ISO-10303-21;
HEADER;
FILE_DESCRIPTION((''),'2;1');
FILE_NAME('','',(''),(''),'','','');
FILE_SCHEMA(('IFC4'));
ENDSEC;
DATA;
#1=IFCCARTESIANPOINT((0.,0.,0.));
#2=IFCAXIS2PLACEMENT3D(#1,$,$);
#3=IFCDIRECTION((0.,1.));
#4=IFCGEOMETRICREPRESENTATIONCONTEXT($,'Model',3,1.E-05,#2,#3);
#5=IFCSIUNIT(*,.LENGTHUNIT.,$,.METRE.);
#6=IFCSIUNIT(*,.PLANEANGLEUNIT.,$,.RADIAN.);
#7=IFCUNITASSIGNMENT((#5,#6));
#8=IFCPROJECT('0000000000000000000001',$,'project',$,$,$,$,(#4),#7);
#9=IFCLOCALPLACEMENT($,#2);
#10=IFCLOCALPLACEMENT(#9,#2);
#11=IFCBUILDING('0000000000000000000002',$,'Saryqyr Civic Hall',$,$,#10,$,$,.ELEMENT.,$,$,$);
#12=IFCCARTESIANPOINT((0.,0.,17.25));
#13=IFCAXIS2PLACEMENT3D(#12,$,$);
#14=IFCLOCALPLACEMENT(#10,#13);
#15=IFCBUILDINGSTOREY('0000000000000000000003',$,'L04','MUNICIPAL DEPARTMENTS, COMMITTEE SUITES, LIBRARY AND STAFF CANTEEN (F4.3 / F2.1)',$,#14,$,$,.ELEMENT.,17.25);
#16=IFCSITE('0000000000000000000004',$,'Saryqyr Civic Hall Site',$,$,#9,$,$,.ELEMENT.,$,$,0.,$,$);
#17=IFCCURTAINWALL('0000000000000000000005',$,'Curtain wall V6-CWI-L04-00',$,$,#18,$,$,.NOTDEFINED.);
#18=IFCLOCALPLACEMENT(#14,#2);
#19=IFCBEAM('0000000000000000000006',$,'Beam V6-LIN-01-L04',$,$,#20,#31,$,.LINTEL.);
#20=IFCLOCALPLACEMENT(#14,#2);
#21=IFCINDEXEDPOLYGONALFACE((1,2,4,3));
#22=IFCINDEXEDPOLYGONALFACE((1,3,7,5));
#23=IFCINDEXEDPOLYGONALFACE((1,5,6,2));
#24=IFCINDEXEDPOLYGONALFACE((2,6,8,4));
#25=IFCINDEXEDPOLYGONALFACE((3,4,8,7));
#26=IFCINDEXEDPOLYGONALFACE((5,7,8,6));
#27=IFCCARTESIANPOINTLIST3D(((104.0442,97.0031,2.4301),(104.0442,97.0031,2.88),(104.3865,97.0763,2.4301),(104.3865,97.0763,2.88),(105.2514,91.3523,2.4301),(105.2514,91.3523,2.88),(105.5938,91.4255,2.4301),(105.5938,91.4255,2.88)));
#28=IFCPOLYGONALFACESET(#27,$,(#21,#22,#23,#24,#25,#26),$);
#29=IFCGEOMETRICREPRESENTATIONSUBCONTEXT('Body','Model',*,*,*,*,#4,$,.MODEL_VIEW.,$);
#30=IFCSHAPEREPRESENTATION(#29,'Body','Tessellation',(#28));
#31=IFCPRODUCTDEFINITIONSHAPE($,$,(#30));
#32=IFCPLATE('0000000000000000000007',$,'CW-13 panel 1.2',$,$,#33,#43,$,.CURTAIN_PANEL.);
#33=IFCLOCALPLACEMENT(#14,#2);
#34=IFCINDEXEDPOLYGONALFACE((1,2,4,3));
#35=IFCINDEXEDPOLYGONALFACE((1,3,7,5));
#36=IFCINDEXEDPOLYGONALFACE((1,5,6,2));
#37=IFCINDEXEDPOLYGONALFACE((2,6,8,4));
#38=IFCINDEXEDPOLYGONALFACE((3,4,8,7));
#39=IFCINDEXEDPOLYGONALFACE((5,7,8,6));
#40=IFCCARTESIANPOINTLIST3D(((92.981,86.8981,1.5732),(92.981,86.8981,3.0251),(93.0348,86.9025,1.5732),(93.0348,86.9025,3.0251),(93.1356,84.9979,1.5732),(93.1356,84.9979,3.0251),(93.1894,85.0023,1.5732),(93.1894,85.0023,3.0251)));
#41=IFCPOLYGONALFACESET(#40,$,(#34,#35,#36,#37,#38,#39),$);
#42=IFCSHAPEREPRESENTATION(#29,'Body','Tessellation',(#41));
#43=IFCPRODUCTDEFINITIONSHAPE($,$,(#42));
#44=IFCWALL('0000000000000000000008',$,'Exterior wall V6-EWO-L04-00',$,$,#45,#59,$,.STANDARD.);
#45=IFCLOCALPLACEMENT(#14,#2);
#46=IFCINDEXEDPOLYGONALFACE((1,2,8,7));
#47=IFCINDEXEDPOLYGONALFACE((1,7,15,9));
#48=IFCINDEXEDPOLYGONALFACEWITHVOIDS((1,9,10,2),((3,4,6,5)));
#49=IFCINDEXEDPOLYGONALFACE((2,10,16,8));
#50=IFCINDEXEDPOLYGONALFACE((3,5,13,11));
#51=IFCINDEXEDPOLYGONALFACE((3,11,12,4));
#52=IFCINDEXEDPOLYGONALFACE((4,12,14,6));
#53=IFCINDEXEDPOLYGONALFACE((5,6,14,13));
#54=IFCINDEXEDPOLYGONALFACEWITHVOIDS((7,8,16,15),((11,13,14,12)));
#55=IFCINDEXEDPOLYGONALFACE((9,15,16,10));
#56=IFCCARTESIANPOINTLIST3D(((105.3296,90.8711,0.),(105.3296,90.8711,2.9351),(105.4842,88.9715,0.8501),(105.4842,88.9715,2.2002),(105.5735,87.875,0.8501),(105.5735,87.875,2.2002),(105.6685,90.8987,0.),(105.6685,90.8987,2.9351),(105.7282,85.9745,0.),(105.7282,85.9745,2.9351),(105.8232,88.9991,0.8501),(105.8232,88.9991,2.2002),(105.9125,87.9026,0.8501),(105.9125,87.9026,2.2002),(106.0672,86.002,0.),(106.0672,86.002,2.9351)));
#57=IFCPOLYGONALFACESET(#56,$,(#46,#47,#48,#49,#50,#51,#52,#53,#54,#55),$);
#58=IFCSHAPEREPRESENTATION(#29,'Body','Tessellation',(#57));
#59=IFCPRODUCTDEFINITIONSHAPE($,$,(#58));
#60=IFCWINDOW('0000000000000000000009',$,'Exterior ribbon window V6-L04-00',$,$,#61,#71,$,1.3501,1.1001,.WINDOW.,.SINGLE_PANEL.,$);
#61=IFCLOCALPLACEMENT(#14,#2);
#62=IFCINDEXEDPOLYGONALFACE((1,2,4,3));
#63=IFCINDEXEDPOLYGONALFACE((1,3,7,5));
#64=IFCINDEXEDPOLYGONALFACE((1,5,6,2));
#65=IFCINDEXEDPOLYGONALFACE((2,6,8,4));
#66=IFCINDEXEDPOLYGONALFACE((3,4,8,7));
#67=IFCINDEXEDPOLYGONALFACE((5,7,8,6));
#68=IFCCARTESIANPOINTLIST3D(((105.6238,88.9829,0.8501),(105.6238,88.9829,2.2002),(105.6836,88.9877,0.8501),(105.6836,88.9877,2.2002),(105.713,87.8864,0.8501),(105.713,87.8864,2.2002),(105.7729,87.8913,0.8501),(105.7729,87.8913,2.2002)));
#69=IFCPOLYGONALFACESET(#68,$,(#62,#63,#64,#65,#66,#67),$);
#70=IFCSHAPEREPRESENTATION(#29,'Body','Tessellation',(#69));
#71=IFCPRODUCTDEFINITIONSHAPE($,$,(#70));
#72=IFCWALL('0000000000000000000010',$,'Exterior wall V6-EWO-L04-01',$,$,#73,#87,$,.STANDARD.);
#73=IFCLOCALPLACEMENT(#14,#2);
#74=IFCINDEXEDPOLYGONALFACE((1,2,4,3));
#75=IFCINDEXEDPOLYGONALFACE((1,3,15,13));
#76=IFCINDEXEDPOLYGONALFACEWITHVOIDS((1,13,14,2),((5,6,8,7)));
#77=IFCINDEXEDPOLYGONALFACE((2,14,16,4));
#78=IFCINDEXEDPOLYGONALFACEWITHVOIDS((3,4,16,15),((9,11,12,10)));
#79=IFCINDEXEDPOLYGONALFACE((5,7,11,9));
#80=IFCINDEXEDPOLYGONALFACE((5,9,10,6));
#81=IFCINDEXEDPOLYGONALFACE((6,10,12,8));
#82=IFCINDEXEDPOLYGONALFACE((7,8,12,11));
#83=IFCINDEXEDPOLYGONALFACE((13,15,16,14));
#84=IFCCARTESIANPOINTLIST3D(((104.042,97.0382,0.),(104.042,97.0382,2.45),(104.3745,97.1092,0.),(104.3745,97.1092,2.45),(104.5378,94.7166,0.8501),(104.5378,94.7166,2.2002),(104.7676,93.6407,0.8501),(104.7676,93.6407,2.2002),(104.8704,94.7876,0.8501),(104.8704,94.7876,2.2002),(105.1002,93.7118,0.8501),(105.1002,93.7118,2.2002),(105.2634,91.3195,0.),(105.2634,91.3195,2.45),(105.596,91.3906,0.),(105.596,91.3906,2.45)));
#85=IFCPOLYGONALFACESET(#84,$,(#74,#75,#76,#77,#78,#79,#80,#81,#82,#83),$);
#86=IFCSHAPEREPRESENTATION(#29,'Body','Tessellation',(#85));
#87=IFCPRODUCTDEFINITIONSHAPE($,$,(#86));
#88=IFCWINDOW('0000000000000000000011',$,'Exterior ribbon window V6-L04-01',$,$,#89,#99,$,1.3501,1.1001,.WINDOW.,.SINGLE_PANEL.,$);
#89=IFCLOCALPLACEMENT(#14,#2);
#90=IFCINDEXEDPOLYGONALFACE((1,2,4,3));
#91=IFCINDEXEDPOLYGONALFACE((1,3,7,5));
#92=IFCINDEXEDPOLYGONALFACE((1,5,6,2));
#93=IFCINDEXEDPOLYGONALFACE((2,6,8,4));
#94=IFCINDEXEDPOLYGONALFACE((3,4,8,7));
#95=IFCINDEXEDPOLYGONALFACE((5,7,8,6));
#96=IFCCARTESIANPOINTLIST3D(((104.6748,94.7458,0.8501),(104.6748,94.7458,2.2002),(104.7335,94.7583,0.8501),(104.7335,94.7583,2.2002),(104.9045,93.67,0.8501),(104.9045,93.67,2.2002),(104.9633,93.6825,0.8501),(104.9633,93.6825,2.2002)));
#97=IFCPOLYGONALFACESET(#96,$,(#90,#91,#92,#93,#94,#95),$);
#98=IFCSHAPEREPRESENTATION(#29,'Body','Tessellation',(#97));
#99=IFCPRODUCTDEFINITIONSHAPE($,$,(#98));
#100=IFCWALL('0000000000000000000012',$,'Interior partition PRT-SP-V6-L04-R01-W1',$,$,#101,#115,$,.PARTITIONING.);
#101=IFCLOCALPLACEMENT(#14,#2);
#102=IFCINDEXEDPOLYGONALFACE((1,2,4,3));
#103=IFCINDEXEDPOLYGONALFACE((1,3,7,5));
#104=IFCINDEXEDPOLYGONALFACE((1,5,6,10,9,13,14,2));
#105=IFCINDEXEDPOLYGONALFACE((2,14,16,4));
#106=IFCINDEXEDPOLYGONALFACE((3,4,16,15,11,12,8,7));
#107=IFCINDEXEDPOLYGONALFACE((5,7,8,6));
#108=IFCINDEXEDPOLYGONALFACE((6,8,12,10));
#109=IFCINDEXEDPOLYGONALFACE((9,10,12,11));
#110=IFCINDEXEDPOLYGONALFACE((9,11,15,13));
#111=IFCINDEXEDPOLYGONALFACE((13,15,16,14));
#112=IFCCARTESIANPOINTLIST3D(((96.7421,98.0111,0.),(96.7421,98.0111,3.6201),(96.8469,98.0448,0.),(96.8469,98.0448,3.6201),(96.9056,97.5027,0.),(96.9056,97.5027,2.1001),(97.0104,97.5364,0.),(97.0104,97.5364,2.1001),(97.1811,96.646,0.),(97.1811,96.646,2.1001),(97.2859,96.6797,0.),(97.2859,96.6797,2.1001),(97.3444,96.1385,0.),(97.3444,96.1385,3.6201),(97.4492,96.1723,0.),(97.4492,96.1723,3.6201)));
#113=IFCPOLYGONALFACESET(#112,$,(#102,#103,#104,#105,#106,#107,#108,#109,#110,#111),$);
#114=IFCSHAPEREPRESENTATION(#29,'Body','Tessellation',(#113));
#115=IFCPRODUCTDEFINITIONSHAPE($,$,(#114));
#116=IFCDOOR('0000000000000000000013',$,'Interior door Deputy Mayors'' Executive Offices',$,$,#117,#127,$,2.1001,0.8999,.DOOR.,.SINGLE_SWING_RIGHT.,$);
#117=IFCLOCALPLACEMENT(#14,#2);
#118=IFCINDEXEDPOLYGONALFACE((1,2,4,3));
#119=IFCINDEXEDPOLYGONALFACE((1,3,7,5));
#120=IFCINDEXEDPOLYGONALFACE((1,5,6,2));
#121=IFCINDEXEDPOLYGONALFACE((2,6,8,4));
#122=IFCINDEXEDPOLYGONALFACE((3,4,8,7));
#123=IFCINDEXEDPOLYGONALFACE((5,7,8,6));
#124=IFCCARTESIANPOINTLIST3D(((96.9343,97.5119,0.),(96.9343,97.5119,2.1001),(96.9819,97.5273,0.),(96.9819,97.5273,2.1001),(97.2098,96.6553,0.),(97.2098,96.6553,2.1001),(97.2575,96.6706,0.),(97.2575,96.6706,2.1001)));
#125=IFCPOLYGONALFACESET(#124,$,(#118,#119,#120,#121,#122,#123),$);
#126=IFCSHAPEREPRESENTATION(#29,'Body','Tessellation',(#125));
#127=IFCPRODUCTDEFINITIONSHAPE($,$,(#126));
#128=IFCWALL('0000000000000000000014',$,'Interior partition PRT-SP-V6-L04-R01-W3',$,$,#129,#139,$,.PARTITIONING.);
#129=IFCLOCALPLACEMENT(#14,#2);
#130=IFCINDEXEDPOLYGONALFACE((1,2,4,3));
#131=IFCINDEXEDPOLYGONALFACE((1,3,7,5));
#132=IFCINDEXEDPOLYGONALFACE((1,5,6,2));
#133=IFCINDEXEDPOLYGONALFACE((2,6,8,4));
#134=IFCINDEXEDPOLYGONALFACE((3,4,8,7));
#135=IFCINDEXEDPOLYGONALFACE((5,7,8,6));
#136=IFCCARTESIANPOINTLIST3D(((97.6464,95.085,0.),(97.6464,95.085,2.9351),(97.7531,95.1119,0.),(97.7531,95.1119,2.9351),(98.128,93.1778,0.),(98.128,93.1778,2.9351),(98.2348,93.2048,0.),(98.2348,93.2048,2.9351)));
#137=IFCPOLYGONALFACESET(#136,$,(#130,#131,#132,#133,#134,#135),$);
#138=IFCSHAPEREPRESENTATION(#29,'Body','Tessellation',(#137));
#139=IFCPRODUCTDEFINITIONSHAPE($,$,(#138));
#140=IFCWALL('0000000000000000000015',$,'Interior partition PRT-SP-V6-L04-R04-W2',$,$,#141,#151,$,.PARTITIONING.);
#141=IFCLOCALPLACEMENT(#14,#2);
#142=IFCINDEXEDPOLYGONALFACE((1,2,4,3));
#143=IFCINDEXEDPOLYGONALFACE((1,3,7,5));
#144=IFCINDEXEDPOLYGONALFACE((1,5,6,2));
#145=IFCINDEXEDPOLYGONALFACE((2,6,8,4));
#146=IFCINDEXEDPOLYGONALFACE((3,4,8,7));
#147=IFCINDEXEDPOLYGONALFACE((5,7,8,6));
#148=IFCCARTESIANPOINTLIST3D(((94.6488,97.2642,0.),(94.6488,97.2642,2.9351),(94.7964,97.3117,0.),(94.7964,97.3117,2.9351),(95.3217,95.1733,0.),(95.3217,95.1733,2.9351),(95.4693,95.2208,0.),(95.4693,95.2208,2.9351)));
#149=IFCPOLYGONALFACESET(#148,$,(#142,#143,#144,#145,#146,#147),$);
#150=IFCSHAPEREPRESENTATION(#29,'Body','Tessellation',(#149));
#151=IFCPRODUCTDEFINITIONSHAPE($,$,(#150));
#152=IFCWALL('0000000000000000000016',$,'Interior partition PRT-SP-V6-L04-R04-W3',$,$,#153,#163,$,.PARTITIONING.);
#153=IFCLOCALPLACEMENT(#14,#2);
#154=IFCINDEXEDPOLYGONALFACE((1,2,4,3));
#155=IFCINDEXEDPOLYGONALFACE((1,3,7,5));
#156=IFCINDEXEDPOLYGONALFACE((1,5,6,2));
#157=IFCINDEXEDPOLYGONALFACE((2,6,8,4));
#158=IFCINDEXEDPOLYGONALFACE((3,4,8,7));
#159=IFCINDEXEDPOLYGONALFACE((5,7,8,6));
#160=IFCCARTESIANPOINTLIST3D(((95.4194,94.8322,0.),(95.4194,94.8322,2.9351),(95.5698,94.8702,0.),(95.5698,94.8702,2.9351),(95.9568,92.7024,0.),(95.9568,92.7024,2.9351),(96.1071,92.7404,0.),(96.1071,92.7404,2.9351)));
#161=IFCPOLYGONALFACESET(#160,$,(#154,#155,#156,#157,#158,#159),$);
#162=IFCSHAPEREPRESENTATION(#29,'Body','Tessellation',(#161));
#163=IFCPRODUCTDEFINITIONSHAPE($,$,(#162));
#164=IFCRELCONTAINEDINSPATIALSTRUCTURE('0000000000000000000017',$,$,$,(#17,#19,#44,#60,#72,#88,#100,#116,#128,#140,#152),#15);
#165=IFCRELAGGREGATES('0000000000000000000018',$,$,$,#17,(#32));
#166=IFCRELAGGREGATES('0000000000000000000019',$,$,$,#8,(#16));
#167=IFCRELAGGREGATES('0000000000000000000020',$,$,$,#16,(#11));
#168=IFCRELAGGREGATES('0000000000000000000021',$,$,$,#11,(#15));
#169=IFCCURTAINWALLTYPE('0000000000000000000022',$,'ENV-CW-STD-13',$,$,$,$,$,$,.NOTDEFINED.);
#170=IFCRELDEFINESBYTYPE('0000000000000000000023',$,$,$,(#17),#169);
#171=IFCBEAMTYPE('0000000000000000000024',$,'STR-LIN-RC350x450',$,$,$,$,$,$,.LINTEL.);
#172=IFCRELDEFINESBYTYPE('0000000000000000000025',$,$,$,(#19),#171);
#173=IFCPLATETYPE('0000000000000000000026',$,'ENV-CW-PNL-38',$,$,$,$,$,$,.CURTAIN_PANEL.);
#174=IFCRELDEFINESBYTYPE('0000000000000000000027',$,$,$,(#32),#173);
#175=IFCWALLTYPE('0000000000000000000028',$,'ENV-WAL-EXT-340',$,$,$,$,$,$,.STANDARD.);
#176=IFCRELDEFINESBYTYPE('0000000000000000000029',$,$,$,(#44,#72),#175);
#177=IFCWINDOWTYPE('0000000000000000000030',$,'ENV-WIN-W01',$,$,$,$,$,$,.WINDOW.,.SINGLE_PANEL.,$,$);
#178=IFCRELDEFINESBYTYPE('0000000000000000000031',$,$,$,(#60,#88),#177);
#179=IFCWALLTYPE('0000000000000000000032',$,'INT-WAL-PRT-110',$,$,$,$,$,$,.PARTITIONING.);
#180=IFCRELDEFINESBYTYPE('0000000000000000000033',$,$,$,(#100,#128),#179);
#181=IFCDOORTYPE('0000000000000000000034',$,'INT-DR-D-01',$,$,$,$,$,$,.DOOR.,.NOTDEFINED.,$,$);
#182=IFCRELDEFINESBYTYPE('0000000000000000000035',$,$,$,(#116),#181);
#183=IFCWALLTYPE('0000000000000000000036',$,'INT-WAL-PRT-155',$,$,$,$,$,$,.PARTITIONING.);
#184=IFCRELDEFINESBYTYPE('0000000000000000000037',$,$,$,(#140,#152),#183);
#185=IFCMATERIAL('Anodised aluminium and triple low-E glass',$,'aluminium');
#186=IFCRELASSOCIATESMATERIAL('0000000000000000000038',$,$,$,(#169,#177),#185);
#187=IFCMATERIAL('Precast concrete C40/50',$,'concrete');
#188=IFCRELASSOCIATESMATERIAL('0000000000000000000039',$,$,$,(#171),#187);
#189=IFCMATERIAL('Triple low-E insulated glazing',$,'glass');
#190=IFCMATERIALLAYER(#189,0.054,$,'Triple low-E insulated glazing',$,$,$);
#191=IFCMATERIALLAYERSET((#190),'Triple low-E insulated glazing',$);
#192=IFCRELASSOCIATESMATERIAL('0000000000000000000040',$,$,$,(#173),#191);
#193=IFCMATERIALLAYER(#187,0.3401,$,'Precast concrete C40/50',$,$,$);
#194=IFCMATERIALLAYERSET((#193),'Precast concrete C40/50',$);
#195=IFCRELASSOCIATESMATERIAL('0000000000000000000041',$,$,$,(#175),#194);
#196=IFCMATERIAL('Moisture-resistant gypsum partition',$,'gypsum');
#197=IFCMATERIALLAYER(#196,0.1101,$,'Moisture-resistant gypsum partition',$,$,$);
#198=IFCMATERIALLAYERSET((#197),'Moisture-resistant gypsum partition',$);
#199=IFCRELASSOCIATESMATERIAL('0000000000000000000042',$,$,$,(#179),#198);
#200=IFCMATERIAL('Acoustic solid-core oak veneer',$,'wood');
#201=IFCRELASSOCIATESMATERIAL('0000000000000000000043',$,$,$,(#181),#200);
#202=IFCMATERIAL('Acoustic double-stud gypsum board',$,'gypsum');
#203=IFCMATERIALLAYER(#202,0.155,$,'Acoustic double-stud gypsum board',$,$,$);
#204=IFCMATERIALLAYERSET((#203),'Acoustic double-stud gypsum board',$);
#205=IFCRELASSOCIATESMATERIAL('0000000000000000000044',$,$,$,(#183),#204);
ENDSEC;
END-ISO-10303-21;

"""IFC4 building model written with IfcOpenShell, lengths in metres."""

from ifc_helpers import new_model, si_unit, direction, frame, frame_2d, origin, origin_2d, place, context, subcontext, project, spatial, rectangle, extrude, material, layer, layer_set, material_profile, profile_set, type_object, element, fill, aggregate, save


model = new_model("IFC4")

# Units and contexts
model_context = context("Model", 3, precision=1e-05, world=origin(), true_north=direction((0.0, 1.0)))
body_context = subcontext(model_context, "Body", "Model", "MODEL_VIEW")
ifc_project = project(units=[si_unit("LENGTHUNIT", "METRE"), si_unit("PLANEANGLEUNIT", "RADIAN")], contexts=[model_context])

# Site, building, storey
site_placement = place(None, origin())
site = spatial("IfcSite", under=ifc_project, at=site_placement, Name="Saryqyr Civic Hall Site", CompositionType="ELEMENT", RefElevation=0.0)
building_placement = place(site_placement, origin())
building = spatial("IfcBuilding", under=site, at=building_placement, Name="Saryqyr Civic Hall", CompositionType="ELEMENT")
storey_placement = place(building_placement, frame((0.0, 0.0, 17.25)))
storey = spatial("IfcBuildingStorey", under=building, at=storey_placement, Name="L04", Description="MUNICIPAL DEPARTMENTS, COMMITTEE SUITES, LIBRARY AND STAFF CANTEEN (F4.3 / F2.1)", CompositionType="ELEMENT", Elevation=17.25)

# Curtain wall
ifc_material_1 = material(Name="Anodised aluminium and triple low-E glass", Category="aluminium")
curtain_wall_type = type_object("IfcCurtainWallType", Name="ENV-CW-STD-13", PredefinedType="NOTDEFINED", material=ifc_material_1)
curtain_wall_placement = place(storey_placement, origin())
curtain_wall = element("IfcCurtainWall", 1, at=curtain_wall_placement, inside=storey, type_object=curtain_wall_type, Name="Curtain wall V6-CWI-L04-00", PredefinedType="NOTDEFINED")

# Beam
ifc_material_2 = material(Name="Precast concrete C40/50", Category="concrete")
ifc_material_profile_1 = material_profile(ifc_material_2, rectangle(XDim=0.3501, YDim=0.45, at=origin_2d()), Name="RC 350x450")
ifc_profile_set_1 = profile_set([ifc_material_profile_1], Name="Precast concrete C40/50")
beam_type_1 = type_object("IfcBeamType", Name="STR-LIN-RC350x450", PredefinedType="LINTEL", material=ifc_profile_set_1)
beam_1_placement = place(storey_placement, frame((105.4226, 91.3889, 2.655), z_axis=(-0.208929, 0.977931, 0.0), x_axis=(-0.977931, -0.208929, 0.0)))
element("IfcBeam", 2, at=beam_1_placement, inside=storey, type_object=beam_type_1, Name="Beam V6-LIN-01-L04", PredefinedType="LINTEL", context=body_context, shape_type="SweptSolid", body=[
    extrude(rectangle(XDim=0.3501, YDim=0.45, at=origin_2d()), origin(), (0.0, 0.0, 1.0), 5.7783),
])

# Plate
ifc_material_3 = material(Name="Triple low-E insulated glazing", Category="glass")
ifc_layer_1 = layer(ifc_material_3, 0.054, Name="Triple low-E insulated glazing")
ifc_layer_set_1 = layer_set([ifc_layer_1], Name="Triple low-E insulated glazing")
plate_type = type_object("IfcPlateType", Name="ENV-CW-PNL-38", PredefinedType="CURTAIN_PANEL", material=ifc_layer_set_1)
plate_placement = place(storey_placement, frame((93.0852, 85.9502, 1.5732), z_axis=(0.0, 0.0, 1.0), x_axis=(-0.081091, 0.996707, 0.0)))
plate = element("IfcPlate", 3, at=plate_placement, type_object=plate_type, Name="CW-13 panel 1.2", PredefinedType="CURTAIN_PANEL", context=body_context, shape_type="SweptSolid", body=[
    extrude(rectangle(XDim=1.9065, YDim=0.054, at=origin_2d()), origin(), (0.0, 0.0, 1.0), 1.4519),
])
aggregate(curtain_wall, [plate])

# Walls, openings, windows
ifc_layer_2 = layer(ifc_material_2, 0.3401, Name="Precast concrete C40/50")
ifc_layer_set_2 = layer_set([ifc_layer_2], Name="Precast concrete C40/50")
wall_type_1 = type_object("IfcWallType", Name="ENV-WAL-EXT-340", PredefinedType="STANDARD", material=ifc_layer_set_2)
wall_1_placement = place(storey_placement, frame((105.499, 90.885, 0.0), z_axis=(0.0, 0.0, 1.0), x_axis=(0.081149, -0.996702, 0.0)))
wall_1 = element("IfcWall", 4, at=wall_1_placement, inside=storey, type_object=wall_type_1, Name="Exterior wall V6-EWO-L04-00", PredefinedType="STANDARD", context=body_context, shape_type="SweptSolid", body=[
    extrude(rectangle(XDim=4.9128, YDim=0.3401, at=frame_2d((2.4565, 0.0))), origin(), (0.0, 0.0, 1.0), 2.9351),
])
opening_1_placement = place(wall_1_placement, frame((1.906, 0.0, 0.8501)))
opening_1 = element("IfcOpeningElement", 5, at=opening_1_placement, cuts=wall_1, PredefinedType="OPENING", context=body_context, shape_type="SweptSolid", body=[
    extrude(rectangle(XDim=1.1001, YDim=1.3501, at=frame_2d((0.55, 0.675))), frame((0.0, 0.1799, 0.0), z_axis=(0.0, -1.0, 0.0), x_axis=(1.0, 0.0, 0.0)), (0.0, 0.0, 1.0), 0.3601),
])
window_type = type_object("IfcWindowType", Name="ENV-WIN-W01", PartitioningType="SINGLE_PANEL", PredefinedType="WINDOW", material=ifc_material_1)
window_1_placement = place(opening_1_placement, origin())
window_1 = element("IfcWindow", 6, at=window_1_placement, inside=storey, type_object=window_type, Name="Exterior ribbon window V6-L04-00", OverallHeight=1.3501, OverallWidth=1.1001, PartitioningType="SINGLE_PANEL", PredefinedType="WINDOW", context=body_context, shape_type="SweptSolid", body=[
    extrude(rectangle(XDim=1.1001, YDim=1.3501, at=frame_2d((0.55, 0.675))), frame((0.0, 0.03, 0.0), z_axis=(0.0, -1.0, 0.0), x_axis=(1.0, 0.0, 0.0)), (0.0, 0.0, 1.0), 0.0601),
])
fill(opening_1, window_1)
wall_2_placement = place(storey_placement, frame((104.2083, 97.0737, 0.0), z_axis=(0.0, 0.0, 1.0), x_axis=(0.208873, -0.977943, 0.0)))
wall_2 = element("IfcWall", 7, at=wall_2_placement, inside=storey, type_object=wall_type_1, Name="Exterior wall V6-EWO-L04-01", PredefinedType="STANDARD", context=body_context, shape_type="SweptSolid", body=[
    extrude(rectangle(XDim=5.8477, YDim=0.3401, at=frame_2d((2.9238, 0.0))), origin(), (0.0, 0.0, 1.0), 2.45),
])
opening_2_placement = place(wall_2_placement, frame((2.374, 0.0, 0.8501)))
opening_2 = element("IfcOpeningElement", 8, at=opening_2_placement, cuts=wall_2, PredefinedType="OPENING", context=body_context, shape_type="SweptSolid", body=[
    extrude(rectangle(XDim=1.1001, YDim=1.3501, at=frame_2d((0.55, 0.675))), frame((0.0, 0.1799, 0.0), z_axis=(0.0, -1.0, 0.0), x_axis=(1.0, 0.0, 0.0)), (0.0, 0.0, 1.0), 0.3601),
])
window_2_placement = place(opening_2_placement, origin())
window_2 = element("IfcWindow", 9, at=window_2_placement, inside=storey, type_object=window_type, Name="Exterior ribbon window V6-L04-01", OverallHeight=1.3501, OverallWidth=1.1001, PartitioningType="SINGLE_PANEL", PredefinedType="WINDOW", context=body_context, shape_type="SweptSolid", body=[
    extrude(rectangle(XDim=1.1001, YDim=1.3501, at=frame_2d((0.55, 0.675))), frame((0.0, 0.03, 0.0), z_axis=(0.0, -1.0, 0.0), x_axis=(1.0, 0.0, 0.0)), (0.0, 0.0, 1.0), 0.0601),
])
fill(opening_2, window_2)

# Wall, opening, door
ifc_material_4 = material(Name="Moisture-resistant gypsum partition", Category="gypsum")
ifc_layer_3 = layer(ifc_material_4, 0.1101, Name="Moisture-resistant gypsum partition")
ifc_layer_set_3 = layer_set([ifc_layer_3], Name="Moisture-resistant gypsum partition")
wall_type_2 = type_object("IfcWallType", Name="INT-WAL-PRT-110", PredefinedType="PARTITIONING", material=ifc_layer_set_3)
wall_3_placement = place(storey_placement, frame((97.3967, 96.1555, 0.0), z_axis=(0.0, 0.0, 1.0), x_axis=(-0.306194, 0.951969, 0.0)))
wall_3 = element("IfcWall", 10, at=wall_3_placement, inside=storey, type_object=wall_type_2, Name="Interior partition PRT-SP-V6-L04-R01-W1", PredefinedType="PARTITIONING", context=body_context, shape_type="SweptSolid", body=[
    extrude(rectangle(XDim=1.967, YDim=0.1101, at=frame_2d((0.9834, 0.0))), origin(), (0.0, 0.0, 1.0), 3.6201),
])
opening_3_placement = place(wall_3_placement, frame((0.533, 0.0, 0.0)))
opening_3 = element("IfcOpeningElement", 11, at=opening_3_placement, cuts=wall_3, PredefinedType="OPENING", context=body_context, shape_type="SweptSolid", body=[
    extrude(rectangle(XDim=0.8999, YDim=2.1001, at=frame_2d((0.45, 1.05))), frame((0.0, 0.0649, 0.0), z_axis=(0.0, -1.0, 0.0), x_axis=(1.0, 0.0, 0.0)), (0.0, 0.0, 1.0), 0.1301),
])
ifc_material_5 = material(Name="Acoustic solid-core oak veneer", Category="wood")
door_type = type_object("IfcDoorType", Name="INT-DR-D-01", OperationType="NOTDEFINED", PredefinedType="DOOR", material=ifc_material_5)
door_placement = place(opening_3_placement, origin())
door = element("IfcDoor", 12, at=door_placement, inside=storey, type_object=door_type, Name="Interior door Deputy Mayors' Executive Offices", OperationType="SINGLE_SWING_RIGHT", OverallHeight=2.1001, OverallWidth=0.8999, PredefinedType="DOOR", context=body_context, shape_type="SweptSolid", body=[
    extrude(rectangle(XDim=0.8999, YDim=2.1001, at=frame_2d((0.45, 1.05))), frame((0.0, 0.0249, 0.0), z_axis=(0.0, -1.0, 0.0), x_axis=(1.0, 0.0, 0.0)), (0.0, 0.0, 1.0), 0.05),
])
fill(opening_3, door)

# Walls
wall_4_placement = place(storey_placement, frame((98.1814, 93.1914, 0.0), z_axis=(0.0, 0.0, 1.0), x_axis=(-0.244871, 0.969556, 0.0)))
element("IfcWall", 13, at=wall_4_placement, inside=storey, type_object=wall_type_2, Name="Interior partition PRT-SP-V6-L04-R01-W3", PredefinedType="PARTITIONING", context=body_context, shape_type="SweptSolid", body=[
    extrude(rectangle(XDim=1.967, YDim=0.1101, at=frame_2d((0.9834, 0.0))), origin(), (0.0, 0.0, 1.0), 2.9351),
])
ifc_material_6 = material(Name="Acoustic double-stud gypsum board", Category="gypsum")
ifc_layer_4 = layer(ifc_material_6, 0.155, Name="Acoustic double-stud gypsum board")
ifc_layer_set_4 = layer_set([ifc_layer_4], Name="Acoustic double-stud gypsum board")
wall_type_3 = type_object("IfcWallType", Name="INT-WAL-PRT-155", PredefinedType="PARTITIONING", material=ifc_layer_set_4)
for number, where, z_axis, x_axis, name in (
    (14, (94.7227, 97.2878, 0.0), (0.0, 0.0, 1.0), (0.30634, -0.951922, 0.0), "Interior partition PRT-SP-V6-L04-R04-W2"),
    (15, (95.4946, 94.8511, 0.0), (0.0, 0.0, 1.0), (0.244627, -0.969617, 0.0), "Interior partition PRT-SP-V6-L04-R04-W3"),
):
    element("IfcWall", number, at=place(storey_placement, frame(where, z_axis=z_axis, x_axis=x_axis)), inside=storey, type_object=wall_type_3, Name=name, PredefinedType="PARTITIONING", context=body_context, shape_type="SweptSolid", body=[
        extrude(rectangle(XDim=2.1965, YDim=0.155, at=frame_2d((1.0981, 0.0))), origin(), (0.0, 0.0, 1.0), 2.9351),
    ])

save(model, "model.ifc")
